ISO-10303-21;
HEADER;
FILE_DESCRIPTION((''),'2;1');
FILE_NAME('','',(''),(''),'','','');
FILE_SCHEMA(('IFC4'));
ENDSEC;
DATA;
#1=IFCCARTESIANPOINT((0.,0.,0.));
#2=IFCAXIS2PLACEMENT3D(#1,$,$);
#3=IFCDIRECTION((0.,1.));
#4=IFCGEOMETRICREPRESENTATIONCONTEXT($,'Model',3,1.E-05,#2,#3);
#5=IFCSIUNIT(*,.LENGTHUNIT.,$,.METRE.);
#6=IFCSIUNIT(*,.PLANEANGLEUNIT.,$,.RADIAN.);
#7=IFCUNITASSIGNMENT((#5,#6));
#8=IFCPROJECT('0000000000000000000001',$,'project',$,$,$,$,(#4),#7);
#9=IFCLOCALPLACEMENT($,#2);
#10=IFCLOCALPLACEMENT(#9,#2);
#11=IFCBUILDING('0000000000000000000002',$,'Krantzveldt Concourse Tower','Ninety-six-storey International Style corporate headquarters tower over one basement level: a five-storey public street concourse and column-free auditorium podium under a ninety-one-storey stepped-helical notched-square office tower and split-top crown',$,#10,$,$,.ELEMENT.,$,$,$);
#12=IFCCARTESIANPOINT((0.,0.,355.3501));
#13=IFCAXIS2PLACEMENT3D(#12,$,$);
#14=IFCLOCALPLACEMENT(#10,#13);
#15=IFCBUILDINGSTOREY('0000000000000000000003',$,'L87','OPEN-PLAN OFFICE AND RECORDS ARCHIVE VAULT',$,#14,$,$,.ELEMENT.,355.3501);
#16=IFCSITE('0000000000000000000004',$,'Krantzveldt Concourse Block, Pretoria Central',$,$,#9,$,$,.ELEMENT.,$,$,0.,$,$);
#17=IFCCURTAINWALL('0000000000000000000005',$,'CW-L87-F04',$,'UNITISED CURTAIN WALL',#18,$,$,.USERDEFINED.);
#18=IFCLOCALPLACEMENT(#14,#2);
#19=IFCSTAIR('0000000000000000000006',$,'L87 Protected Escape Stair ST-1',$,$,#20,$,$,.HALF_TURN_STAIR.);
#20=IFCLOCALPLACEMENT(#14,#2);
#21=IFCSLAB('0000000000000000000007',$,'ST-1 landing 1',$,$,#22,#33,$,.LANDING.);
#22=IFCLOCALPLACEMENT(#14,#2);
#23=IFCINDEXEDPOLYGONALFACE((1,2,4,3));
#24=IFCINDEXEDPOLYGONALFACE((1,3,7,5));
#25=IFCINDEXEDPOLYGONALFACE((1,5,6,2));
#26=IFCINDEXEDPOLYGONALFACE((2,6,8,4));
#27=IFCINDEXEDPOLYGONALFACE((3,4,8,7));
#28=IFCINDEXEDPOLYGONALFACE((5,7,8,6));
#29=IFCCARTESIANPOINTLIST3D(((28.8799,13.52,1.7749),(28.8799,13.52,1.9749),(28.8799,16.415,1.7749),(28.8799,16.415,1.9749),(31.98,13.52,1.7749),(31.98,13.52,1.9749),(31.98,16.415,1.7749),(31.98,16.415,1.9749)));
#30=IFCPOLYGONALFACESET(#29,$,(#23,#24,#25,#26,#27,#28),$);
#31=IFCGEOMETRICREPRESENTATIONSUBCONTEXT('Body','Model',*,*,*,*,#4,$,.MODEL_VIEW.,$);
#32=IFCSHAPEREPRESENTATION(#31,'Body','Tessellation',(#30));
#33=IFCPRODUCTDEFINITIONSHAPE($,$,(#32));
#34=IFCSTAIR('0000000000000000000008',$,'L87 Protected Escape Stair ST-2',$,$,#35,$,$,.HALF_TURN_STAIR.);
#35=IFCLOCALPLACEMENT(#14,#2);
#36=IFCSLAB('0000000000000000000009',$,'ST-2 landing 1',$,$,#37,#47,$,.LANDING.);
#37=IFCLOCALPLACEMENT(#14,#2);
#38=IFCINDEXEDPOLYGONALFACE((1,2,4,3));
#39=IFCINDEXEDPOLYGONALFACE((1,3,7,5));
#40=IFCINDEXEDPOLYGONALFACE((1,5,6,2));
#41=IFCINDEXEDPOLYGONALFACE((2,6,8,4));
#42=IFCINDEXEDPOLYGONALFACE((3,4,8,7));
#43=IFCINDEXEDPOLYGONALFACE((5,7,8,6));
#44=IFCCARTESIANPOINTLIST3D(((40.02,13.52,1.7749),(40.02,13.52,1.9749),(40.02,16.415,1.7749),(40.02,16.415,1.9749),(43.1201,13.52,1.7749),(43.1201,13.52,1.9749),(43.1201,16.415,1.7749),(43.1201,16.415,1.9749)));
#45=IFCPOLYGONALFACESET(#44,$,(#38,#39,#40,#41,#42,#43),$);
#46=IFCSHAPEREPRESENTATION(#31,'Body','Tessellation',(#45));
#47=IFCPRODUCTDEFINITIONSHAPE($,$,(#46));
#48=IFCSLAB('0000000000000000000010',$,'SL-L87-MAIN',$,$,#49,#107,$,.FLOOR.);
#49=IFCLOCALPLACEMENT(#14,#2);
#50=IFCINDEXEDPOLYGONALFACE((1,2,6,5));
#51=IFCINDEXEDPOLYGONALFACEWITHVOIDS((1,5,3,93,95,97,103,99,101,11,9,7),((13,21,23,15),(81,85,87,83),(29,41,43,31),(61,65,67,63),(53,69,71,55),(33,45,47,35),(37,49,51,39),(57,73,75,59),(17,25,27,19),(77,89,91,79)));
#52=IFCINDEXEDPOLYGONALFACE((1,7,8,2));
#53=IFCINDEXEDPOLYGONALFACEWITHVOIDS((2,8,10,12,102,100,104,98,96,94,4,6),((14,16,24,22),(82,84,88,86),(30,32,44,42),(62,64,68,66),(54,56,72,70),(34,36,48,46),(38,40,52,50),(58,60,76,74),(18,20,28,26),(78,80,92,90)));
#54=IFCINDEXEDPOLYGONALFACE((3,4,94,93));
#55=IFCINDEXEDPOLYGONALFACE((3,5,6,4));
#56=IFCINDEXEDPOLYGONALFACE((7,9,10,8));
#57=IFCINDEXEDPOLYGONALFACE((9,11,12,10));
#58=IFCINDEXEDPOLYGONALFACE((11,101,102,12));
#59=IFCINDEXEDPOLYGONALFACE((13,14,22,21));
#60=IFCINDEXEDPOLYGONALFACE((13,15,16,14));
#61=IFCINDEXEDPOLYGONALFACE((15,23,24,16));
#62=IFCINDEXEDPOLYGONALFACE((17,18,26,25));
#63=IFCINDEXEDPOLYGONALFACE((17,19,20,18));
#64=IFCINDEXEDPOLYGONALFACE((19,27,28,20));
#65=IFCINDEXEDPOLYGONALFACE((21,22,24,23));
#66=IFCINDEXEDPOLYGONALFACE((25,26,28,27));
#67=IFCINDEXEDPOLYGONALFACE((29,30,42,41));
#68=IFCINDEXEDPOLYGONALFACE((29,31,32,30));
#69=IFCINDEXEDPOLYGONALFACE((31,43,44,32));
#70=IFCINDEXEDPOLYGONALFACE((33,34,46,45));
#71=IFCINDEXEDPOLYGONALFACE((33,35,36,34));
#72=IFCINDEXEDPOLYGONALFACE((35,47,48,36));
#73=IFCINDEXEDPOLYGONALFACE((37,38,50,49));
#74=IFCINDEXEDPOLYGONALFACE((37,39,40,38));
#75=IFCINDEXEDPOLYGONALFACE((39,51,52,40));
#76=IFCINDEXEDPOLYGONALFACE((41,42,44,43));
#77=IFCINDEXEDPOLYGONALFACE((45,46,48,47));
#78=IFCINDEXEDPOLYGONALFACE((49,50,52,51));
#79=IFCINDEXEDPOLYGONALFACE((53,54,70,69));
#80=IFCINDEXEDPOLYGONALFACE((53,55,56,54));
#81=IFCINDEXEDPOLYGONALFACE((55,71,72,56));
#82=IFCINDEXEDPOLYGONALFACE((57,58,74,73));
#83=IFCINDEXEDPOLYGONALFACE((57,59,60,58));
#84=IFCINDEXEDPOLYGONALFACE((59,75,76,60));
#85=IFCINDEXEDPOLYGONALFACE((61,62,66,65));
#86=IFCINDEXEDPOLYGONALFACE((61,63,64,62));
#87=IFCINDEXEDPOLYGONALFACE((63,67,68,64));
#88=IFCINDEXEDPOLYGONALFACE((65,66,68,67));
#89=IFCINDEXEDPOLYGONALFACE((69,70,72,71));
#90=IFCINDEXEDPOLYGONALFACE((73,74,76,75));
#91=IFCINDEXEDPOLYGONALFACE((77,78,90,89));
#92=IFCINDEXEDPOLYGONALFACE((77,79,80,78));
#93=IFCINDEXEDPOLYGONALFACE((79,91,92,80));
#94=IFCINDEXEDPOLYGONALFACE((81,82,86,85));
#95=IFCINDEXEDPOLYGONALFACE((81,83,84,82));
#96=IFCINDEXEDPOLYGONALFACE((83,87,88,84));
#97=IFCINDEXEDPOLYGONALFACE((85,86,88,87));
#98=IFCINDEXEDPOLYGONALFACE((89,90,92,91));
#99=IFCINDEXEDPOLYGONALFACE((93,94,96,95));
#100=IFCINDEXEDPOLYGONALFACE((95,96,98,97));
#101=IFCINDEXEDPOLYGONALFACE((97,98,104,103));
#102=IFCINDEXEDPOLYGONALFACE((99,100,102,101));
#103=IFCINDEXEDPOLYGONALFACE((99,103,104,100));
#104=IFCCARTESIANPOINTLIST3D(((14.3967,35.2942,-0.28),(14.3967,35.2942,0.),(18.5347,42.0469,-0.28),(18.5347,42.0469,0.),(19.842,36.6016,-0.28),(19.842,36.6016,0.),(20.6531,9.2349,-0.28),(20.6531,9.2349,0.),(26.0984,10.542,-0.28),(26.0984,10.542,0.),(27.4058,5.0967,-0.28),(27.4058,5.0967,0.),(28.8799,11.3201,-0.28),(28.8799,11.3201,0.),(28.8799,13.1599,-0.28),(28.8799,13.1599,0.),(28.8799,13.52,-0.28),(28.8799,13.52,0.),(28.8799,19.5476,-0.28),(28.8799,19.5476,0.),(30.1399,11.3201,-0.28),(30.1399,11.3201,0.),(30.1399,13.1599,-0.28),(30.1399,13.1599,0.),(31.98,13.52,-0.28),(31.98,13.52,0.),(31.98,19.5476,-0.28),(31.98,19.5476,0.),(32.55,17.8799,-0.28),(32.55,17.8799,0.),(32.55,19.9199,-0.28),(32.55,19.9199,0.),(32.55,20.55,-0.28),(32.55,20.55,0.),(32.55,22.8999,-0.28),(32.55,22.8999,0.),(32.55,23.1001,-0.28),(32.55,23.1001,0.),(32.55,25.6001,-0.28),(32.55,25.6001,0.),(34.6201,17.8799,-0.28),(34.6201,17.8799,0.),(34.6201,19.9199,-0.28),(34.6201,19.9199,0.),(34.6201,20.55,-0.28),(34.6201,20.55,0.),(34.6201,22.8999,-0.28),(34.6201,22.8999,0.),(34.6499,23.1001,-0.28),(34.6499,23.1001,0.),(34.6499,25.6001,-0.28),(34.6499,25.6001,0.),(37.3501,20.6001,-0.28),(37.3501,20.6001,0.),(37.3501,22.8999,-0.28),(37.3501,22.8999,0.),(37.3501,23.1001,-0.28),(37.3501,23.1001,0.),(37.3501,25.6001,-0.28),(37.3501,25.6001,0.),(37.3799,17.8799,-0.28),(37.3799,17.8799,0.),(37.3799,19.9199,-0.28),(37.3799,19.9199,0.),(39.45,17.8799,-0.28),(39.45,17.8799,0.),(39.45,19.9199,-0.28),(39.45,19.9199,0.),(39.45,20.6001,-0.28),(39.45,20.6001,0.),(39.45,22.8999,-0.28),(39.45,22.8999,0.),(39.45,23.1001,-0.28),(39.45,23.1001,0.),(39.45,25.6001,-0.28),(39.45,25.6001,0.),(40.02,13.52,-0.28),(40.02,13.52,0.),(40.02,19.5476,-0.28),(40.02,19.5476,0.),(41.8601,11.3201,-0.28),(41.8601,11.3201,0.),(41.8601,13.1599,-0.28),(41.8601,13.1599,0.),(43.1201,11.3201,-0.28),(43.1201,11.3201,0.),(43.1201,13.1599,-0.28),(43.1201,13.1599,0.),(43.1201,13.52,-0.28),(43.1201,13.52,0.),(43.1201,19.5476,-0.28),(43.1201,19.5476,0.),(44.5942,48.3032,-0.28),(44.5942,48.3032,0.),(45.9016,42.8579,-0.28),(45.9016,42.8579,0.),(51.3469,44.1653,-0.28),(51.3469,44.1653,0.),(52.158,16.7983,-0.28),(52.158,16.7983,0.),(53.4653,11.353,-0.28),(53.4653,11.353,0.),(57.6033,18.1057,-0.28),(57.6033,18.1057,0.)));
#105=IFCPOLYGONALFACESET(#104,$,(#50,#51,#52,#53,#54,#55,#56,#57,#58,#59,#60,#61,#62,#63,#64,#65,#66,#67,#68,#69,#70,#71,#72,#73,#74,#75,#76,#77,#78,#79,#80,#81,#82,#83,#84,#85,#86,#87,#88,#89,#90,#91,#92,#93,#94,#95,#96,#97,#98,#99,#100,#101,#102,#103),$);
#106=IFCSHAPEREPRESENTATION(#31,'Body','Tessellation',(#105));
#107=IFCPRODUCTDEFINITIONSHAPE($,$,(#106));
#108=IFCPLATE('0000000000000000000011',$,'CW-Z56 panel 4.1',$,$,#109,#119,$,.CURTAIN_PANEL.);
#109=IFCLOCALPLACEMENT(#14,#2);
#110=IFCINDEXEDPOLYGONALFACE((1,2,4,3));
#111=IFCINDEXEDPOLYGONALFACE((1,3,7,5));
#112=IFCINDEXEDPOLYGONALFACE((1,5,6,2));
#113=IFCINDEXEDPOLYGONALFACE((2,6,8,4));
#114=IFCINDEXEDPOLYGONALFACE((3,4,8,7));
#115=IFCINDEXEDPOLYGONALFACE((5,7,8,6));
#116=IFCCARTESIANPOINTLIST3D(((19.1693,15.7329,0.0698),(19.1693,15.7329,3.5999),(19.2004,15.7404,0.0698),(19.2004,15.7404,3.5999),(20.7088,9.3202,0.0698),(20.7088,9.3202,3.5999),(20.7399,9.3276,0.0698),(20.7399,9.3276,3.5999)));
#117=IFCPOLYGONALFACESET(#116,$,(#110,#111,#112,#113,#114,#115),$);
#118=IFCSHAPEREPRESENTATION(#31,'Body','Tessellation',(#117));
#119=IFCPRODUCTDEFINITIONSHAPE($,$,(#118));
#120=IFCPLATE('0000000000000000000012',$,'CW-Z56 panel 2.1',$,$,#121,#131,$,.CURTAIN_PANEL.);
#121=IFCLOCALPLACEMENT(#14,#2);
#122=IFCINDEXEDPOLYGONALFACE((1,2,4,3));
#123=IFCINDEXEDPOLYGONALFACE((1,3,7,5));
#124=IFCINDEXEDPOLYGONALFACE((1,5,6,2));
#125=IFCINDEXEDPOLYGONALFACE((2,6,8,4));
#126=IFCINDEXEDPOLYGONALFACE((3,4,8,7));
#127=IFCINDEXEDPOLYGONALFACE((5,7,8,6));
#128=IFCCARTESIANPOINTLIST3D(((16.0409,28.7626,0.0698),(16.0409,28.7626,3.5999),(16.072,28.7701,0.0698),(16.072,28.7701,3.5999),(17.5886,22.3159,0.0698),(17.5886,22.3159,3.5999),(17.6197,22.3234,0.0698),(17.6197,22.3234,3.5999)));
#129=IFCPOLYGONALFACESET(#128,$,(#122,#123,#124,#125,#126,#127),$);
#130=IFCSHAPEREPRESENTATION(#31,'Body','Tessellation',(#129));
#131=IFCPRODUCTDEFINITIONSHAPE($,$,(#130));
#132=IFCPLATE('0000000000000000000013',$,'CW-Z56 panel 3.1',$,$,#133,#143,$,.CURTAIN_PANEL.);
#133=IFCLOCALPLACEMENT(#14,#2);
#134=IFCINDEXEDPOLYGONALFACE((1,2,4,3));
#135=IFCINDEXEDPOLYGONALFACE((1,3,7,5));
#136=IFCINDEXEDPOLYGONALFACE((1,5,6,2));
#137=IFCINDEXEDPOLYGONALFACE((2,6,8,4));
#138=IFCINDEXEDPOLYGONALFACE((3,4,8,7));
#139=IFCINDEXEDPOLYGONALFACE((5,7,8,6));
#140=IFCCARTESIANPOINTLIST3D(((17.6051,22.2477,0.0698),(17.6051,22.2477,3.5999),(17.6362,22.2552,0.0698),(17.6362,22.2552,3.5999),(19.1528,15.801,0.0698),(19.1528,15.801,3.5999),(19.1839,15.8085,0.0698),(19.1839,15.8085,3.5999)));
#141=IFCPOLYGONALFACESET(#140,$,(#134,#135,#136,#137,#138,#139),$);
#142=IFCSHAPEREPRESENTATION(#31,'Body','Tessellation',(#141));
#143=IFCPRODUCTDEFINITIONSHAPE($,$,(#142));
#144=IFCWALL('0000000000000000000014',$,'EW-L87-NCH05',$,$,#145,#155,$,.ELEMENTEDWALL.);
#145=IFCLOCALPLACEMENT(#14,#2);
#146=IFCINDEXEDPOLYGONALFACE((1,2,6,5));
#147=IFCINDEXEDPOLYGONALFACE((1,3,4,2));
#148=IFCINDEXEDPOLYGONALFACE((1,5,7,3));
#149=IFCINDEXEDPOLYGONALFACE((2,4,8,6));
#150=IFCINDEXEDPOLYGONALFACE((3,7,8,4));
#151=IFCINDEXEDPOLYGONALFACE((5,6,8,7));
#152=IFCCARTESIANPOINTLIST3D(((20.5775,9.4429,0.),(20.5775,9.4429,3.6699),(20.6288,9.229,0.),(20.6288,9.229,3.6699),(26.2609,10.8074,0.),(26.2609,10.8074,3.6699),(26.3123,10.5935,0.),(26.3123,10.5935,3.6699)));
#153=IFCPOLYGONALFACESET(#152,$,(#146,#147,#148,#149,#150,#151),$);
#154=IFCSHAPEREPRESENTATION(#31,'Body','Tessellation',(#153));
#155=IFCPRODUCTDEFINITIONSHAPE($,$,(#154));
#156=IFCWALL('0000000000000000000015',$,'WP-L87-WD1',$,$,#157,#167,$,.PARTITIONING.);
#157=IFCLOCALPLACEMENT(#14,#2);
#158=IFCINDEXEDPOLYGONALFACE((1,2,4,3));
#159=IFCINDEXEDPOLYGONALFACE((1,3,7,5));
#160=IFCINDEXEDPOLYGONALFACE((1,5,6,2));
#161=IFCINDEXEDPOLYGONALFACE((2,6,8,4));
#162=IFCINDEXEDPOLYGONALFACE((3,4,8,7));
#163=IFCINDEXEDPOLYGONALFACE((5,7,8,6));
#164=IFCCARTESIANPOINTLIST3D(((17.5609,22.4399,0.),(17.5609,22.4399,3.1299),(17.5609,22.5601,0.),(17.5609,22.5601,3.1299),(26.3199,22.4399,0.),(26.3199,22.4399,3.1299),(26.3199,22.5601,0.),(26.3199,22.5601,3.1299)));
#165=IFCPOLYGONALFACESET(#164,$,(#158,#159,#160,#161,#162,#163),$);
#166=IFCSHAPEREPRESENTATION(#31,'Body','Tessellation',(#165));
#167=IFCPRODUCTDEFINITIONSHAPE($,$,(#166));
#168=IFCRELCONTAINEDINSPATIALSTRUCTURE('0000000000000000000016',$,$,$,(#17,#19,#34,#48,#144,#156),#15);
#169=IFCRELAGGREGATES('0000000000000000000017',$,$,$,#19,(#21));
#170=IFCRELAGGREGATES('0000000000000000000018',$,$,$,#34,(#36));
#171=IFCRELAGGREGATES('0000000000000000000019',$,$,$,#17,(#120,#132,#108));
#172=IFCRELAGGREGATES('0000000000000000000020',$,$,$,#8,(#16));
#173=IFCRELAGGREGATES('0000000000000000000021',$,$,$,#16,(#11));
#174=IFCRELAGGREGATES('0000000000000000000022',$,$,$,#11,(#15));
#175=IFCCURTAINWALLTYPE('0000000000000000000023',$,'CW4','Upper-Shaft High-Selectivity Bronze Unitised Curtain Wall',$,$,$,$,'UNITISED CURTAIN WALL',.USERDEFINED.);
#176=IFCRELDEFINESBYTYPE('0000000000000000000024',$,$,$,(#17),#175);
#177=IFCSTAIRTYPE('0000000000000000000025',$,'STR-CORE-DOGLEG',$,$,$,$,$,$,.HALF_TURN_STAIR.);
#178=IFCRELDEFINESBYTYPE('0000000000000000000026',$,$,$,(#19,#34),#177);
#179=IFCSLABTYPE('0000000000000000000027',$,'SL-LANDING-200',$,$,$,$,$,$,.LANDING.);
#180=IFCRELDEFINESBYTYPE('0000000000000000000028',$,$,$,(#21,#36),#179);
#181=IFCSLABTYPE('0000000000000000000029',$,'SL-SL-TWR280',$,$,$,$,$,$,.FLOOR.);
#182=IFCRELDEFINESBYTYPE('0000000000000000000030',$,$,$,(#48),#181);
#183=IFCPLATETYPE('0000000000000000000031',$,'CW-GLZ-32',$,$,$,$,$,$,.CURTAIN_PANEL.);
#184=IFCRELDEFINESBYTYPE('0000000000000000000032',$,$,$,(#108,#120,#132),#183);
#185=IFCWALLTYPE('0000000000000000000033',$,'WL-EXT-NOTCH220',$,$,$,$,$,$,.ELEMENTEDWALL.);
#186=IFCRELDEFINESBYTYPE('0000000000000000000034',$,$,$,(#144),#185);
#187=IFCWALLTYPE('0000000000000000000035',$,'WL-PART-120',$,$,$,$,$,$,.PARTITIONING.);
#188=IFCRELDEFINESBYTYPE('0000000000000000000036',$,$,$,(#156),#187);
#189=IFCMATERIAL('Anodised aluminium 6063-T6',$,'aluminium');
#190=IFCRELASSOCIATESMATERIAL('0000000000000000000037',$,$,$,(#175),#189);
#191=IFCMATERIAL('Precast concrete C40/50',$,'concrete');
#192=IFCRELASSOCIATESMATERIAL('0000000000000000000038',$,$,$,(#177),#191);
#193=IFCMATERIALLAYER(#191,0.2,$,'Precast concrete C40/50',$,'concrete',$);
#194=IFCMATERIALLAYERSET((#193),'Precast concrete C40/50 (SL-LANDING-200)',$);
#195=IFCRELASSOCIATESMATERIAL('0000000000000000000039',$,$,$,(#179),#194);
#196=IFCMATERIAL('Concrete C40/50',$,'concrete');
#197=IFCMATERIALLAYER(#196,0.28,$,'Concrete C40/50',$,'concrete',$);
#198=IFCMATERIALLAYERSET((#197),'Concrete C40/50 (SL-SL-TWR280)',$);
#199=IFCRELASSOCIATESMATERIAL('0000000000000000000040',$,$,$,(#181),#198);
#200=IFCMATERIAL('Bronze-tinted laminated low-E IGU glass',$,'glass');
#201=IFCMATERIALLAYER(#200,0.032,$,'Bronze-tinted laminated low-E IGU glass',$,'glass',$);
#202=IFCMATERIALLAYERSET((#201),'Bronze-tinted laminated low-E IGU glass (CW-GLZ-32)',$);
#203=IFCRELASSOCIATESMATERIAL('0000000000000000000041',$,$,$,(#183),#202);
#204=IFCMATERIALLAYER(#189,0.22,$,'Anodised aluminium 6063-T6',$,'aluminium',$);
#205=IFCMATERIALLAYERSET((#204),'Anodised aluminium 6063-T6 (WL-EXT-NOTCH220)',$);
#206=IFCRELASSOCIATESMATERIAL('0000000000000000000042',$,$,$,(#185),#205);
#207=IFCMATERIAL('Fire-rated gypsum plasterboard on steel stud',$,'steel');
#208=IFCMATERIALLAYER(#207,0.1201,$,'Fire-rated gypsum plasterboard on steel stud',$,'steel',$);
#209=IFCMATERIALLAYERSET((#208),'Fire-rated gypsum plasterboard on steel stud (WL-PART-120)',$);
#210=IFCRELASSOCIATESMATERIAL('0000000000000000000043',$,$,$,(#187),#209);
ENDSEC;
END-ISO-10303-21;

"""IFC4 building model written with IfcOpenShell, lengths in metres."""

from ifc_helpers import new_model, si_unit, direction, frame, frame_2d, origin, origin_2d, place, context, subcontext, project, spatial, polyline, rectangle, outline, extrude, source, transform, mapped, material, layer, layer_set, type_object, type_shapes, element, aggregate, save


model = new_model("IFC4")

# Units and contexts
model_context = context("Model", 3, precision=1e-05, world=origin(), true_north=direction((0.0, 1.0)))
body_context = subcontext(model_context, "Body", "Model", "MODEL_VIEW")
ifc_project = project(units=[si_unit("LENGTHUNIT", "METRE"), si_unit("PLANEANGLEUNIT", "RADIAN")], contexts=[model_context])

# Site, building, storey
site_placement = place(None, origin())
site = spatial("IfcSite", under=ifc_project, at=site_placement, Name="Krantzveldt Concourse Block, Pretoria Central", CompositionType="ELEMENT", RefElevation=0.0)
building_placement = place(site_placement, origin())
building = spatial("IfcBuilding", under=site, at=building_placement, Name="Krantzveldt Concourse Tower", Description="Ninety-six-storey International Style corporate headquarters tower over one basement level: a five-storey public street concourse and column-free auditorium podium under a ninety-one-storey stepped-helical notched-square office tower and split-top crown", CompositionType="ELEMENT")
storey_placement = place(building_placement, frame((0.0, 0.0, 355.3501)))
storey = spatial("IfcBuildingStorey", under=building, at=storey_placement, Name="L87", Description="OPEN-PLAN OFFICE AND RECORDS ARCHIVE VAULT", CompositionType="ELEMENT", Elevation=355.3501)

# Curtain wall
ifc_material_1 = material(Name="Anodised aluminium 6063-T6", Category="aluminium")
curtain_wall_type = type_object("IfcCurtainWallType", Name="CW4", Description="Upper-Shaft High-Selectivity Bronze Unitised Curtain Wall", ElementType="UNITISED CURTAIN WALL", PredefinedType="USERDEFINED", material=ifc_material_1)
curtain_wall_placement = place(storey_placement, origin())
curtain_wall = element("IfcCurtainWall", 1, at=curtain_wall_placement, inside=storey, type_object=curtain_wall_type, Name="CW-L87-F04", ObjectType="UNITISED CURTAIN WALL", PredefinedType="USERDEFINED")

# Stairs, slabs
ifc_material_2 = material(Name="Precast concrete C40/50", Category="concrete")
stair_type = type_object("IfcStairType", Name="STR-CORE-DOGLEG", PredefinedType="HALF_TURN_STAIR", material=ifc_material_2)
stair_1_placement = place(storey_placement, origin())
stair_1 = element("IfcStair", 2, at=stair_1_placement, inside=storey, type_object=stair_type, Name="L87 Protected Escape Stair ST-1", PredefinedType="HALF_TURN_STAIR")
ifc_layer_1 = layer(ifc_material_2, 0.2, Name="Precast concrete C40/50", Category="concrete")
ifc_layer_set_1 = layer_set([ifc_layer_1], Name="Precast concrete C40/50 (SL-LANDING-200)")
slab_type_1 = type_object("IfcSlabType", Name="SL-LANDING-200", PredefinedType="LANDING", material=ifc_layer_set_1)
slab_1_placement = place(storey_placement, frame((0.0, 0.0, 1.7749)))
slab_1 = element("IfcSlab", 3, at=slab_1_placement, type_object=slab_type_1, Name="ST-1 landing 1", PredefinedType="LANDING", context=body_context, shape_type="SweptSolid", body=[
    extrude(outline(polyline([(28.8799, 16.415), (28.8799, 13.52), (31.98, 13.52), (31.98, 16.415), (28.8799, 16.415)])), origin(), (0.0, 0.0, 1.0), 0.2),
])
aggregate(stair_1, [slab_1])
stair_2_placement = place(storey_placement, origin())
stair_2 = element("IfcStair", 4, at=stair_2_placement, inside=storey, type_object=stair_type, Name="L87 Protected Escape Stair ST-2", PredefinedType="HALF_TURN_STAIR")
slab_2_placement = place(storey_placement, frame((0.0, 0.0, 1.7749)))
slab_2 = element("IfcSlab", 5, at=slab_2_placement, type_object=slab_type_1, Name="ST-2 landing 1", PredefinedType="LANDING", context=body_context, shape_type="SweptSolid", body=[
    extrude(outline(polyline([(40.02, 16.415), (40.02, 13.52), (43.1201, 13.52), (43.1201, 16.415), (40.02, 16.415)])), origin(), (0.0, 0.0, 1.0), 0.2),
])
aggregate(stair_2, [slab_2])

# Slab
ifc_material_3 = material(Name="Concrete C40/50", Category="concrete")
ifc_layer_2 = layer(ifc_material_3, 0.28, Name="Concrete C40/50", Category="concrete")
ifc_layer_set_2 = layer_set([ifc_layer_2], Name="Concrete C40/50 (SL-SL-TWR280)")
slab_type_2 = type_object("IfcSlabType", Name="SL-SL-TWR280", PredefinedType="FLOOR", material=ifc_layer_set_2)
slab_3_placement = place(storey_placement, frame((0.0, 0.0, -0.28)))
element("IfcSlab", 6, at=slab_3_placement, inside=storey, type_object=slab_type_2, Name="SL-L87-MAIN", PredefinedType="FLOOR", context=body_context, shape_type="SweptSolid", body=[
    extrude(outline(polyline([(45.9016, 42.8579), (44.5942, 48.3032), (18.5347, 42.0469), (19.842, 36.6016), (14.3967, 35.2942), (20.6531, 9.2349), (26.0984, 10.542), (27.4058, 5.0967), (53.4653, 11.353), (52.158, 16.7983), (57.6033, 18.1057), (51.3469, 44.1653), (45.9016, 42.8579)]), holes=[polyline([(28.8799, 19.5476), (28.8799, 13.52), (31.98, 13.52), (31.98, 19.5476), (28.8799, 19.5476)]), polyline([(40.02, 19.5476), (40.02, 13.52), (43.1201, 13.52), (43.1201, 19.5476), (40.02, 19.5476)]), polyline([(32.55, 23.1001), (34.6499, 23.1001), (34.6499, 25.6001), (32.55, 25.6001), (32.55, 23.1001)]), polyline([(37.3501, 23.1001), (39.45, 23.1001), (39.45, 25.6001), (37.3501, 25.6001), (37.3501, 23.1001)]), polyline([(37.3501, 20.6001), (39.45, 20.6001), (39.45, 22.8999), (37.3501, 22.8999), (37.3501, 20.6001)]), polyline([(32.55, 20.55), (34.6201, 20.55), (34.6201, 22.8999), (32.55, 22.8999), (32.55, 20.55)]), polyline([(32.55, 17.8799), (34.6201, 17.8799), (34.6201, 19.9199), (32.55, 19.9199), (32.55, 17.8799)]), polyline([(37.3799, 17.8799), (39.45, 17.8799), (39.45, 19.9199), (37.3799, 19.9199), (37.3799, 17.8799)]), polyline([(28.8799, 11.3201), (30.1399, 11.3201), (30.1399, 13.1599), (28.8799, 13.1599), (28.8799, 11.3201)]), polyline([(41.8601, 11.3201), (43.1201, 11.3201), (43.1201, 13.1599), (41.8601, 13.1599), (41.8601, 11.3201)])]), origin(), (0.0, 0.0, 1.0), 0.28),
])

# Plates
ifc_material_4 = material(Name="Bronze-tinted laminated low-E IGU glass", Category="glass")
ifc_layer_3 = layer(ifc_material_4, 0.032, Name="Bronze-tinted laminated low-E IGU glass", Category="glass")
ifc_layer_set_3 = layer_set([ifc_layer_3], Name="Bronze-tinted laminated low-E IGU glass (CW-GLZ-32)")
plate_type = type_object("IfcPlateType", Name="CW-GLZ-32", PredefinedType="CURTAIN_PANEL", material=ifc_layer_set_3)
shared_shape_1 = source(origin(), body_context, "Body", "SweptSolid", [
    extrude(rectangle(XDim=6.595, YDim=0.032, at=origin_2d()), origin(), (0.0, 0.0, 1.0), 3.53),
])
plate_1_placement = place(storey_placement, frame((19.9546, 12.5303, 0.0698), z_axis=(0.0, 0.0, 1.0), x_axis=(0.233445, -0.97237, 0.0)))
plate_1 = element("IfcPlate", 7, at=plate_1_placement, type_object=plate_type, Name="CW-Z56 panel 4.1", PredefinedType="CURTAIN_PANEL", context=body_context, shape_type="MappedRepresentation", body=[
    mapped(shared_shape_1, transform((0.0, 0.0, 0.0), x_axis=(1.0, 0.0, 0.0), y_axis=(0.0, 1.0, 0.0), z_axis=(0.0, 0.0, 1.0), scale=1.0)),
])
shared_shape_2 = source(origin(), body_context, "Body", "SweptSolid", [
    extrude(rectangle(XDim=6.6299, YDim=0.032, at=origin_2d()), origin(), (0.0, 0.0, 1.0), 3.53),
])
type_shapes(plate_type, [shared_shape_1, shared_shape_2])
plate_2_placement = place(storey_placement, frame((16.8303, 25.543, 0.0698), z_axis=(0.0, 0.0, 1.0), x_axis=(0.233445, -0.97237, 0.0)))
plate_2 = element("IfcPlate", 8, at=plate_2_placement, type_object=plate_type, Name="CW-Z56 panel 2.1", PredefinedType="CURTAIN_PANEL", context=body_context, shape_type="MappedRepresentation", body=[
    mapped(shared_shape_2, transform((0.0, 0.0, 0.0), x_axis=(1.0, 0.0, 0.0), y_axis=(0.0, 1.0, 0.0), z_axis=(0.0, 0.0, 1.0), scale=1.0)),
])
plate_3_placement = place(storey_placement, frame((18.3945, 19.0281, 0.0698), z_axis=(0.0, 0.0, 1.0), x_axis=(0.233445, -0.97237, 0.0)))
plate_3 = element("IfcPlate", 9, at=plate_3_placement, type_object=plate_type, Name="CW-Z56 panel 3.1", PredefinedType="CURTAIN_PANEL", context=body_context, shape_type="MappedRepresentation", body=[
    mapped(shared_shape_2, transform((0.0, 0.0, 0.0), x_axis=(1.0, 0.0, 0.0), y_axis=(0.0, 1.0, 0.0), z_axis=(0.0, 0.0, 1.0), scale=1.0)),
])
aggregate(curtain_wall, [plate_2, plate_3, plate_1])

# Walls
ifc_layer_4 = layer(ifc_material_1, 0.22, Name="Anodised aluminium 6063-T6", Category="aluminium")
ifc_layer_set_4 = layer_set([ifc_layer_4], Name="Anodised aluminium 6063-T6 (WL-EXT-NOTCH220)")
wall_type_1 = type_object("IfcWallType", Name="WL-EXT-NOTCH220", PredefinedType="ELEMENTEDWALL", material=ifc_layer_set_4)
wall_1_placement = place(storey_placement, frame((20.6033, 9.3359, 0.0), z_axis=(0.0, 0.0, 1.0), x_axis=(0.972368, 0.233454, 0.0)))
element("IfcWall", 10, at=wall_1_placement, inside=storey, type_object=wall_type_1, Name="EW-L87-NCH05", PredefinedType="ELEMENTEDWALL", context=body_context, shape_type="SweptSolid", body=[
    extrude(rectangle(XDim=5.845, YDim=0.22, at=frame_2d((2.9224, 0.0))), origin(), (0.0, 0.0, 1.0), 3.6699),
])
ifc_material_5 = material(Name="Fire-rated gypsum plasterboard on steel stud", Category="steel")
ifc_layer_5 = layer(ifc_material_5, 0.1201, Name="Fire-rated gypsum plasterboard on steel stud", Category="steel")
ifc_layer_set_5 = layer_set([ifc_layer_5], Name="Fire-rated gypsum plasterboard on steel stud (WL-PART-120)")
wall_type_2 = type_object("IfcWallType", Name="WL-PART-120", PredefinedType="PARTITIONING", material=ifc_layer_set_5)
wall_2_placement = place(storey_placement, frame((17.561, 22.5, 0.0), z_axis=(0.0, 0.0, 1.0), x_axis=(1.0, 0.0, 0.0)))
element("IfcWall", 11, at=wall_2_placement, inside=storey, type_object=wall_type_2, Name="WP-L87-WD1", PredefinedType="PARTITIONING", context=body_context, shape_type="SweptSolid", body=[
    extrude(rectangle(XDim=8.759, YDim=0.1201, at=frame_2d((4.3794, 0.0))), origin(), (0.0, 0.0, 1.0), 3.1299),
])

save(model, "model.ifc")
